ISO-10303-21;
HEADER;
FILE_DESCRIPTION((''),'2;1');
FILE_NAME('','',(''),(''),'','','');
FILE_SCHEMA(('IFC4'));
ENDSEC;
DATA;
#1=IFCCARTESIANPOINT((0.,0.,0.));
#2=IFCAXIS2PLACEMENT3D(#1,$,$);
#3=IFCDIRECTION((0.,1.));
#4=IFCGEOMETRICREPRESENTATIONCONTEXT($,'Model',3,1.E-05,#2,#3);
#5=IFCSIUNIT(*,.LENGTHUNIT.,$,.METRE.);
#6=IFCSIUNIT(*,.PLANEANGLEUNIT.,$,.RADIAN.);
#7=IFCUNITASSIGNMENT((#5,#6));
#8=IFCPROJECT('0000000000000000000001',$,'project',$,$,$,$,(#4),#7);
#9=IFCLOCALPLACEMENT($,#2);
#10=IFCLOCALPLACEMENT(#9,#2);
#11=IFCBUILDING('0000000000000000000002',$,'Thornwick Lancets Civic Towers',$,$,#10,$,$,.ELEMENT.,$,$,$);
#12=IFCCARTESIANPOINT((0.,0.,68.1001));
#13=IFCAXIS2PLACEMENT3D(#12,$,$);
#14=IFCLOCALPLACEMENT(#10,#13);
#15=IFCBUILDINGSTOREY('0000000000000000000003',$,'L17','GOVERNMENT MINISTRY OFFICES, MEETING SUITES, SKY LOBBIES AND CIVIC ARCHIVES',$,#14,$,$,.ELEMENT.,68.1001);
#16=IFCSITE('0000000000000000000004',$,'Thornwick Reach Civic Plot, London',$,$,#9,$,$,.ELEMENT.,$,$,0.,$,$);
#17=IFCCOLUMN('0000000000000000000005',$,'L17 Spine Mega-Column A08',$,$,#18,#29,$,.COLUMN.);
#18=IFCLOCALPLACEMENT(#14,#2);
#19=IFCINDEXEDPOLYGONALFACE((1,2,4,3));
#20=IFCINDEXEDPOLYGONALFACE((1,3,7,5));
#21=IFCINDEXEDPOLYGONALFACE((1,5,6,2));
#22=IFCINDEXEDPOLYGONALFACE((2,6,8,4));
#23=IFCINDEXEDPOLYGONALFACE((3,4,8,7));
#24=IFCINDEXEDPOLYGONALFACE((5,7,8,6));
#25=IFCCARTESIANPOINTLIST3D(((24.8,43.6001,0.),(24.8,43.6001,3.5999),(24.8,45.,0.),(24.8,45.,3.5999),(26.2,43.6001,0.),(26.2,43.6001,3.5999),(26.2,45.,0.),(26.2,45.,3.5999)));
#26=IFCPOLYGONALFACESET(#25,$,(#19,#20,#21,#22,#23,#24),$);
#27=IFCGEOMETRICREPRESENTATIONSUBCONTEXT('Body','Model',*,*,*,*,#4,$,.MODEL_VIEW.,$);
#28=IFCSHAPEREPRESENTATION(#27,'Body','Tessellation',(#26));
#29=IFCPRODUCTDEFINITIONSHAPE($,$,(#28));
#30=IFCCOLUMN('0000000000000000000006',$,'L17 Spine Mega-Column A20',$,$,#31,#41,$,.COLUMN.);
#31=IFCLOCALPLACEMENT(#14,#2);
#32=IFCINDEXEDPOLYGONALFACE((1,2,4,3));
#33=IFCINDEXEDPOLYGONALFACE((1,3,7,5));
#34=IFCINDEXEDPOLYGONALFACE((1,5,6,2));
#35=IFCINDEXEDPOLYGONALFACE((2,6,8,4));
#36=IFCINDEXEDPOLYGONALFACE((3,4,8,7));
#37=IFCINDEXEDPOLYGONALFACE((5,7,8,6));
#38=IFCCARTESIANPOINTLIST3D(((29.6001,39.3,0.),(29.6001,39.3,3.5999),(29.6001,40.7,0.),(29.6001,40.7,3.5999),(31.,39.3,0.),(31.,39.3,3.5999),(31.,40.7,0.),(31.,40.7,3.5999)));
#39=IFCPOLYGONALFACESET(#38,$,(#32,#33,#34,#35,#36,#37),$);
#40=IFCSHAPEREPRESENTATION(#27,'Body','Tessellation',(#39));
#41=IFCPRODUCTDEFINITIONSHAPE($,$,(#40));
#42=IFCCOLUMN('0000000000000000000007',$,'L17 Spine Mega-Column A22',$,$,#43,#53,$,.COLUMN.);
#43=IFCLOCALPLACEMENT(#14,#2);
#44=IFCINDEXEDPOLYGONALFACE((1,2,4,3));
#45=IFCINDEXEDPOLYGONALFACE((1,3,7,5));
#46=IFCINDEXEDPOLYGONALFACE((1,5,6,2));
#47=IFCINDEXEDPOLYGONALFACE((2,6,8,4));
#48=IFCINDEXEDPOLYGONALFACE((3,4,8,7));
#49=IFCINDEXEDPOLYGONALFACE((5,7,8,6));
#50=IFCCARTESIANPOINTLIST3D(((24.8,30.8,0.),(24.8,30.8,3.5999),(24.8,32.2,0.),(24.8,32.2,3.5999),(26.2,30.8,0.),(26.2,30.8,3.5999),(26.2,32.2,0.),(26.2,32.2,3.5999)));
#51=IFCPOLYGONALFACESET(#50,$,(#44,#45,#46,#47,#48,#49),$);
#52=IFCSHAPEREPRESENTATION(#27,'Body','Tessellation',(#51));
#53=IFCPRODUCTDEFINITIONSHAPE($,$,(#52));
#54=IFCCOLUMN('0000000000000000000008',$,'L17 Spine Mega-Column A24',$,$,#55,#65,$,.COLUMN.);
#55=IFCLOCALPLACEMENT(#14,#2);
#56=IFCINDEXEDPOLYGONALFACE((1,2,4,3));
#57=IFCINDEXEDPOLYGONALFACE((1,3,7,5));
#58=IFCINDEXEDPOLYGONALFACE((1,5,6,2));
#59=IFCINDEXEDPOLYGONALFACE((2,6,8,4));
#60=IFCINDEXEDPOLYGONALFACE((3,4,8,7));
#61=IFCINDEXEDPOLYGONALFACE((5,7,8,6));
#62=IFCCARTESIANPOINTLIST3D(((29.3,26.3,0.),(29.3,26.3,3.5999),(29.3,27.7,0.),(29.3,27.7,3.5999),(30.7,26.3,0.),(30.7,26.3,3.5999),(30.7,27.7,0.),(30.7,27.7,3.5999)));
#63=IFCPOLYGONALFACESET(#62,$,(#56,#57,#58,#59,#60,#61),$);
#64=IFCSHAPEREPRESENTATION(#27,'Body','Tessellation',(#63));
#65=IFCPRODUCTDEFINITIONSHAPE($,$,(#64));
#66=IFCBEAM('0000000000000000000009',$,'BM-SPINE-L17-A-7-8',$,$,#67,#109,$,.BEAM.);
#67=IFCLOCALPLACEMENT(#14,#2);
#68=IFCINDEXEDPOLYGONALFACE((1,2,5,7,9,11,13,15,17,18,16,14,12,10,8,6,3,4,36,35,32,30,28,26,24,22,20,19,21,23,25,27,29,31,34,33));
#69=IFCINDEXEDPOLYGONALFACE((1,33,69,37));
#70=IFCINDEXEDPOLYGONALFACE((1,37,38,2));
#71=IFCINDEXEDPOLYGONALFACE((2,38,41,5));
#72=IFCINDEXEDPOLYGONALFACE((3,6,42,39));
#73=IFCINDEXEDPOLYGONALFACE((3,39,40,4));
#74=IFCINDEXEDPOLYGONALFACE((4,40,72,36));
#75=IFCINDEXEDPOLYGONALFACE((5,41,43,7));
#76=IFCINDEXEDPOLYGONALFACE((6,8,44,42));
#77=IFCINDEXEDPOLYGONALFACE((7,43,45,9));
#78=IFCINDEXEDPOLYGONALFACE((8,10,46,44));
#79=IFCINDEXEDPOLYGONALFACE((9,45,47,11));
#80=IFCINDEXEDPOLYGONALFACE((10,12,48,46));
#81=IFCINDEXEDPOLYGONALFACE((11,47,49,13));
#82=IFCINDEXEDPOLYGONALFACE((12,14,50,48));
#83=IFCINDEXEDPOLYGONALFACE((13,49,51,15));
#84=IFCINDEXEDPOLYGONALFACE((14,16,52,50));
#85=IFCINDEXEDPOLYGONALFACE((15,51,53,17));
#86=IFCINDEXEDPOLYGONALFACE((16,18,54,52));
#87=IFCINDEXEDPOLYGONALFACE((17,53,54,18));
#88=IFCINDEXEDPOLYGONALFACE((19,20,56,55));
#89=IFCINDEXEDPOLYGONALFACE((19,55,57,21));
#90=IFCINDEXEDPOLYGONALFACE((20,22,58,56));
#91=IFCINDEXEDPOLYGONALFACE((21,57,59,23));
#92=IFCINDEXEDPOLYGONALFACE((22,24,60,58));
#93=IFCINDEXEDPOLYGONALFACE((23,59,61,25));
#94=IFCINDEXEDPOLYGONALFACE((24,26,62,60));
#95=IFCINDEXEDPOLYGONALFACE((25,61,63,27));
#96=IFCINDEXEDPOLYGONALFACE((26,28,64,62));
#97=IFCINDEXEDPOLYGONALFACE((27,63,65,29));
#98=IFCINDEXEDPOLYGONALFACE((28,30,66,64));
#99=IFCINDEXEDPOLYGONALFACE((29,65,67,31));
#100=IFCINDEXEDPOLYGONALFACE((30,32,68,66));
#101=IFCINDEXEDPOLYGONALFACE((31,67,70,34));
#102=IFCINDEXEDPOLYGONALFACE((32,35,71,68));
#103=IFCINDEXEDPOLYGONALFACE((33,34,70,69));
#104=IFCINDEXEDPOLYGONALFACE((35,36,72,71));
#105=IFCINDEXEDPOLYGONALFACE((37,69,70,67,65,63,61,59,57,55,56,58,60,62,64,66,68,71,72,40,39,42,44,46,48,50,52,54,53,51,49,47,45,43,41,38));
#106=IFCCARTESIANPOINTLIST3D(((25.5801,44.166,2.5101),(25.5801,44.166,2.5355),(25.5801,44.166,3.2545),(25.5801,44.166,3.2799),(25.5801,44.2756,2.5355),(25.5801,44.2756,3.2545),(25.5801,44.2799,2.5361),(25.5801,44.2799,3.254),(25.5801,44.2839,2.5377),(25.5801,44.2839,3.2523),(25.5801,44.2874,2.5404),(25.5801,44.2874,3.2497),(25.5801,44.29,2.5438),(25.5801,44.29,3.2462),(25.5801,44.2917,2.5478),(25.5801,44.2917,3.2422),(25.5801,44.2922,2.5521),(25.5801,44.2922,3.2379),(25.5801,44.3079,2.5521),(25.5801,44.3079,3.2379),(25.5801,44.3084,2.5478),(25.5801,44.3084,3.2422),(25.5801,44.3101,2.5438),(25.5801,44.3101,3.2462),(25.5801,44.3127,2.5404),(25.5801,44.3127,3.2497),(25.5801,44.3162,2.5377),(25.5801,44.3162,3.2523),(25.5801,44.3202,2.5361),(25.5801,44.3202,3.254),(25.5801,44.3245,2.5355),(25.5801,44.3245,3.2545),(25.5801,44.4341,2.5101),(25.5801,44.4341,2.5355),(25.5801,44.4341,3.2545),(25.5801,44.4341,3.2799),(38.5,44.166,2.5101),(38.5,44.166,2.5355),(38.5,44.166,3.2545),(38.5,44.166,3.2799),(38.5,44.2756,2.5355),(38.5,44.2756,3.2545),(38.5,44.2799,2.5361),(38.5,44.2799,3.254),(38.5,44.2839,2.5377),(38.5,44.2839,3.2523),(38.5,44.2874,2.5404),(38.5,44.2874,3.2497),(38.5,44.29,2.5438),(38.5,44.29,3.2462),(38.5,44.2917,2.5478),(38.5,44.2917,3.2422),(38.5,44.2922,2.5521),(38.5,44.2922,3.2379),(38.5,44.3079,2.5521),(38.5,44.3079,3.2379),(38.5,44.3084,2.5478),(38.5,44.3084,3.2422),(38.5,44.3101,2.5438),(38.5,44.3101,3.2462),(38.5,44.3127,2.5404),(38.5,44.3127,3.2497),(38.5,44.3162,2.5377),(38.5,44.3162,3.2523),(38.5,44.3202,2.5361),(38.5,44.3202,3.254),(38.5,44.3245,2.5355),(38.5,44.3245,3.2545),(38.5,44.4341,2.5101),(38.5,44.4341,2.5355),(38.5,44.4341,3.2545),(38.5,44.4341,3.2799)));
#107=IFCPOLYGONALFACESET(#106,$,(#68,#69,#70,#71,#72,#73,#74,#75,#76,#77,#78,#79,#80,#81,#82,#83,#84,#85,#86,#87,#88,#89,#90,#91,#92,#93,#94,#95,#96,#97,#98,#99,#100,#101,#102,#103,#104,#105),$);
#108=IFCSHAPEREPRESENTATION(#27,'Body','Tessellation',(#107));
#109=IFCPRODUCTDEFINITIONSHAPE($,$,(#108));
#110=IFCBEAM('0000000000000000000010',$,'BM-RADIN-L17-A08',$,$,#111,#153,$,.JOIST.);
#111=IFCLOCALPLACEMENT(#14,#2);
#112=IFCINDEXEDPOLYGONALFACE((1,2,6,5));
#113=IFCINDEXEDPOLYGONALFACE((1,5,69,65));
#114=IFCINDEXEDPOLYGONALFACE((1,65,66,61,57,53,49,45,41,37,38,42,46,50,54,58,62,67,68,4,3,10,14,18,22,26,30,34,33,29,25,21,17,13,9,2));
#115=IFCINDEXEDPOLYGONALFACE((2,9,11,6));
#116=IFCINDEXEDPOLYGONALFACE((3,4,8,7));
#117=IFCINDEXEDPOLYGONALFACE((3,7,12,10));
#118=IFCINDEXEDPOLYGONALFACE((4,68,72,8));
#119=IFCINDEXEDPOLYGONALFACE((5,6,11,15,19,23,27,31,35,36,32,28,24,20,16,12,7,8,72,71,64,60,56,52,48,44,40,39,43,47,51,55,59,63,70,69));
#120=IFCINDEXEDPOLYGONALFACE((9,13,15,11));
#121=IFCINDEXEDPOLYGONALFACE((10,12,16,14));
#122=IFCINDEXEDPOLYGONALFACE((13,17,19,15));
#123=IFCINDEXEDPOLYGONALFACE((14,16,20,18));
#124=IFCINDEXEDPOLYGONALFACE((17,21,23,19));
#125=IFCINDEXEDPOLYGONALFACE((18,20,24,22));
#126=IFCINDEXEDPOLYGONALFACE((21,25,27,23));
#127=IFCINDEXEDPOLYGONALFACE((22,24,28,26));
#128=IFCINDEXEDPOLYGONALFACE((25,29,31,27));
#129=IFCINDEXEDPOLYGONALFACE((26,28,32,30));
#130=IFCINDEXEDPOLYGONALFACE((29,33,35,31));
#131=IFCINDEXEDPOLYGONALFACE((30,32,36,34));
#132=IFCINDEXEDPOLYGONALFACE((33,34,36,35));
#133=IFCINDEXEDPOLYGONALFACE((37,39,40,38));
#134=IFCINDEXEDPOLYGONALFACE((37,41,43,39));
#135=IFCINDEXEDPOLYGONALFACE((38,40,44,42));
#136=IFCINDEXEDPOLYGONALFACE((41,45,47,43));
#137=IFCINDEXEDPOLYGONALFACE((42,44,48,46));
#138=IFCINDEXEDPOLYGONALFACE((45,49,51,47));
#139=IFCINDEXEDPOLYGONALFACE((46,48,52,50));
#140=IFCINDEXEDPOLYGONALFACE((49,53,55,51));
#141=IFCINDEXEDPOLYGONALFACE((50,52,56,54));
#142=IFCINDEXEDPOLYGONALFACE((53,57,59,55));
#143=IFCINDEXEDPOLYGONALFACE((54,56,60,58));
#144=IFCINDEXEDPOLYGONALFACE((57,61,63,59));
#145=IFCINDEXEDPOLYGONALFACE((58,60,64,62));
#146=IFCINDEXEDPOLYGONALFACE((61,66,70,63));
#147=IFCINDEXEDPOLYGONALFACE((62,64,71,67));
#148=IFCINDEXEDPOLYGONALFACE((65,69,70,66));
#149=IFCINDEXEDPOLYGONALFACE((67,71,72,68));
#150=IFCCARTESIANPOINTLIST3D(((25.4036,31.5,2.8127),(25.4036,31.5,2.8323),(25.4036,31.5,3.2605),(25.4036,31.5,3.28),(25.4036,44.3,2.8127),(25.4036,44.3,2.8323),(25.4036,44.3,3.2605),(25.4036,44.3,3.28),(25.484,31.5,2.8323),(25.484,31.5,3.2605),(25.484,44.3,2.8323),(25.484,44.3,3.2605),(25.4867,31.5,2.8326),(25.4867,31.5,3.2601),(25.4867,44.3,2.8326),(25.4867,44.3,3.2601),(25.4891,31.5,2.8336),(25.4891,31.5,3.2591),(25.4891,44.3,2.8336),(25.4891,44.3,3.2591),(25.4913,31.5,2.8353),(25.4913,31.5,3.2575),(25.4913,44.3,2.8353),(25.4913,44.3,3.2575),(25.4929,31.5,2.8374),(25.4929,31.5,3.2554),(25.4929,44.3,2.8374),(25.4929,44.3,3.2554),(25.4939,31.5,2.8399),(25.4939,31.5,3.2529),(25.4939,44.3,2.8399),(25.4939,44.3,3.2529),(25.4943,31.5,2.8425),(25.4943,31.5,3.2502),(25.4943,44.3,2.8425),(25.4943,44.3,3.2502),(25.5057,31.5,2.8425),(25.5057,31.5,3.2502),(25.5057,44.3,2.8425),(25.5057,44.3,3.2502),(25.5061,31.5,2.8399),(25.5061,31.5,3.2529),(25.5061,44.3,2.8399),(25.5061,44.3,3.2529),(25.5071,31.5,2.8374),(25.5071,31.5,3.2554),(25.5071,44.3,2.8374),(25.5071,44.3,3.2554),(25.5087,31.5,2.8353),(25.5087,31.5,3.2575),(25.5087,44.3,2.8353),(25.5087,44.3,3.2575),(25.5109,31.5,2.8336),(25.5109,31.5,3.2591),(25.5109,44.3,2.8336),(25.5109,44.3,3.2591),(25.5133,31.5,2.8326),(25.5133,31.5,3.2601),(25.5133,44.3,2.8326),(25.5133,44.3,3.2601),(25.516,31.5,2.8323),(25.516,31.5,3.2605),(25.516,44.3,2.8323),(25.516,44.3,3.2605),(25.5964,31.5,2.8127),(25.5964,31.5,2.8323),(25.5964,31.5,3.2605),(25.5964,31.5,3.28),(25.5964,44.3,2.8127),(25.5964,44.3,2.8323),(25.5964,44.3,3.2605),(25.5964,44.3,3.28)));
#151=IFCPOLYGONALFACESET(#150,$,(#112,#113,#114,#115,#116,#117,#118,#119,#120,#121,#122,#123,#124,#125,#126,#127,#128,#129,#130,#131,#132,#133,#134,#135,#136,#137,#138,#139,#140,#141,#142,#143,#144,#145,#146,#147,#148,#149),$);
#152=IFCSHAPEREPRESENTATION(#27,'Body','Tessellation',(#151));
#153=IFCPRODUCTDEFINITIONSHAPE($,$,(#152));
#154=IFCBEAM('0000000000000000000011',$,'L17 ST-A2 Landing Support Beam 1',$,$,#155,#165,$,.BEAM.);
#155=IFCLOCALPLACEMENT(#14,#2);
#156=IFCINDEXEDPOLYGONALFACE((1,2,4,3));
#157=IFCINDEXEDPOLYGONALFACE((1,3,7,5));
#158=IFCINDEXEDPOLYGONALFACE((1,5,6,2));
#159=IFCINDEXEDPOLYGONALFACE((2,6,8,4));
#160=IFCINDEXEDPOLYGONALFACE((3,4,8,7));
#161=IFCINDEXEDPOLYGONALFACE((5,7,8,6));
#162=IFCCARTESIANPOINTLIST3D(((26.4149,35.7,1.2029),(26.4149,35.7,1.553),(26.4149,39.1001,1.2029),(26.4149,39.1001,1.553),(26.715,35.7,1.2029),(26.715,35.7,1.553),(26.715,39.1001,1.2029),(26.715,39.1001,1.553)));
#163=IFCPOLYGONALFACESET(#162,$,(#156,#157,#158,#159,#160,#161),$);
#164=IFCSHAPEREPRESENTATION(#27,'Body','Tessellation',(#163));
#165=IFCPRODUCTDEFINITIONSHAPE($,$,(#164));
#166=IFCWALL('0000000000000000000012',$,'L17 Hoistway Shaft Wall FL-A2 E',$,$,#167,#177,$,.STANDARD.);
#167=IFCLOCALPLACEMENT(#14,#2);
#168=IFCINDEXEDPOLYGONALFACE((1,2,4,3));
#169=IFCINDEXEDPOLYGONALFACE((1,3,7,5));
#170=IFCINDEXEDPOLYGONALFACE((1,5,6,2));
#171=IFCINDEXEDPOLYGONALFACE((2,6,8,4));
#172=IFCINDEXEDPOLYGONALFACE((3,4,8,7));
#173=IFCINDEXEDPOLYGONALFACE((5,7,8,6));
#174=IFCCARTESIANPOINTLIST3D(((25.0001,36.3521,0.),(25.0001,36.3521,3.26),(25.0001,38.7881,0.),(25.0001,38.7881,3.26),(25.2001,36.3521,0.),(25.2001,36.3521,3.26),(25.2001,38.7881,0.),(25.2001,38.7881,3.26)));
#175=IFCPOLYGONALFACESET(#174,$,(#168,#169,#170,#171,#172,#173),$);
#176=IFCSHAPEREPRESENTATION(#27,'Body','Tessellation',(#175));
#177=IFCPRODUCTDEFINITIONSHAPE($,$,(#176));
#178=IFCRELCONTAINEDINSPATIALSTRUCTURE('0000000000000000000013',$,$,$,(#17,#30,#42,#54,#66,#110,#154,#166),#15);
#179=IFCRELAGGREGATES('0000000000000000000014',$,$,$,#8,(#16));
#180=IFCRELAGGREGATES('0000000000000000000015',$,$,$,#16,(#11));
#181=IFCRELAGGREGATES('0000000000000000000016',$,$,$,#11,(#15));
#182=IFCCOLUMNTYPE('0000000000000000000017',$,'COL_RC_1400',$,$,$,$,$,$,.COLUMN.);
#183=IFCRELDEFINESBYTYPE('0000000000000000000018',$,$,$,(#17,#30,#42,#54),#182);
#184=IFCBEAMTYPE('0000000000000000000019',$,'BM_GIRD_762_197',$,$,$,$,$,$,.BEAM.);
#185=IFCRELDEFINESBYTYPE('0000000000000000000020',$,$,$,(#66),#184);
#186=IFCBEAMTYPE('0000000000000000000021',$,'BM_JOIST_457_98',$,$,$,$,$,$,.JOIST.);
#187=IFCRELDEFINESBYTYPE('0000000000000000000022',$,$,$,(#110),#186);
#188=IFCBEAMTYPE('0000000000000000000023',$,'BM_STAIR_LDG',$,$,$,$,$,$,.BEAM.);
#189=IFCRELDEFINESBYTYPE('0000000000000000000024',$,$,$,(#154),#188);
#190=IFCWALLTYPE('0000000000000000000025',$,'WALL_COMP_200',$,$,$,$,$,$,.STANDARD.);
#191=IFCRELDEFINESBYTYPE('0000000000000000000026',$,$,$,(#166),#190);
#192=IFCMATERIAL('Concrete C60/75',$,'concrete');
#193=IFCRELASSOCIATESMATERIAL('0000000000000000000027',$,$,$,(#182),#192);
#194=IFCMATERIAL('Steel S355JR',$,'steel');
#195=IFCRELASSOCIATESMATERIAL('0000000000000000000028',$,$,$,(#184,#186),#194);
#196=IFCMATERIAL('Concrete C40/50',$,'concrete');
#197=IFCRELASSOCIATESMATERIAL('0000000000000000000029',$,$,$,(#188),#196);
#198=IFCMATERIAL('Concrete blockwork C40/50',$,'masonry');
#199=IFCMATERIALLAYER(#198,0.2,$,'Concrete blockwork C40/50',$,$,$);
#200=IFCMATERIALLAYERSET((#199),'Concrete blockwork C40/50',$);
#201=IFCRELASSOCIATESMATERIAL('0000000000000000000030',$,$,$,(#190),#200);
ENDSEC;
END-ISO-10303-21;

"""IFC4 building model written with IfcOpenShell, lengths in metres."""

from ifc_helpers import new_model, si_unit, direction, frame, frame_2d, origin, origin_2d, place, context, subcontext, project, spatial, rectangle, i_section, extrude, material, layer, layer_set, material_profile, profile_set, type_object, element, save


model = new_model("IFC4")

# Units and contexts
model_context = context("Model", 3, precision=1e-05, world=origin(), true_north=direction((0.0, 1.0)))
body_context = subcontext(model_context, "Body", "Model", "MODEL_VIEW")
ifc_project = project(units=[si_unit("LENGTHUNIT", "METRE"), si_unit("PLANEANGLEUNIT", "RADIAN")], contexts=[model_context])

# Site, building, storey
site_placement = place(None, origin())
site = spatial("IfcSite", under=ifc_project, at=site_placement, Name="Thornwick Reach Civic Plot, London", CompositionType="ELEMENT", RefElevation=0.0)
building_placement = place(site_placement, origin())
building = spatial("IfcBuilding", under=site, at=building_placement, Name="Thornwick Lancets Civic Towers", CompositionType="ELEMENT")
storey_placement = place(building_placement, frame((0.0, 0.0, 68.1001)))
storey = spatial("IfcBuildingStorey", under=building, at=storey_placement, Name="L17", Description="GOVERNMENT MINISTRY OFFICES, MEETING SUITES, SKY LOBBIES AND CIVIC ARCHIVES", CompositionType="ELEMENT", Elevation=68.1001)

# Columns
ifc_material_1 = material(Name="Concrete C60/75", Category="concrete")
ifc_material_profile_1 = material_profile(ifc_material_1, rectangle(XDim=1.3999, YDim=1.3999, at=origin_2d()), Name="RC 1400x1400")
ifc_profile_set_1 = profile_set([ifc_material_profile_1], Name="Concrete C60/75")
column_type = type_object("IfcColumnType", Name="COL_RC_1400", PredefinedType="COLUMN", material=ifc_profile_set_1)
for number, where, z_axis, x_axis, name in (
    (1, (25.5, 44.3, 0.0), (0.0, 0.0, 1.0), (1.0, 0.0, 0.0), "L17 Spine Mega-Column A08"),
    (2, (30.3, 40.0, 0.0), (0.0, 0.0, 1.0), (1.0, 0.0, 0.0), "L17 Spine Mega-Column A20"),
    (3, (25.5, 31.5, 0.0), (0.0, 0.0, 1.0), (1.0, 0.0, 0.0), "L17 Spine Mega-Column A22"),
    (4, (30.0, 27.0, 0.0), (0.0, 0.0, 1.0), (1.0, 0.0, 0.0), "L17 Spine Mega-Column A24"),
):
    element("IfcColumn", number, at=place(storey_placement, frame(where, z_axis=z_axis, x_axis=x_axis)), inside=storey, type_object=column_type, Name=name, PredefinedType="COLUMN", context=body_context, shape_type="SweptSolid", body=[
        extrude(rectangle(XDim=1.3999, YDim=1.3999, at=origin_2d()), origin(), (0.0, 0.0, 1.0), 3.5999),
    ])

# Beams
ifc_material_2 = material(Name="Steel S355JR", Category="steel")
ifc_material_profile_2 = material_profile(ifc_material_2, i_section(OverallWidth=0.2681, OverallDepth=0.7698, WebThickness=0.0156, FlangeThickness=0.0254, FilletRadius=0.0166, at=origin_2d()), Name="UKB 762x267x197")
ifc_profile_set_2 = profile_set([ifc_material_profile_2], Name="Steel S355JR")
beam_type_1 = type_object("IfcBeamType", Name="BM_GIRD_762_197", PredefinedType="BEAM", material=ifc_profile_set_2)
beam_1_placement = place(storey_placement, frame((25.5801, 44.3, 2.895), z_axis=(1.0, 0.0, 0.0), x_axis=(0.0, 1.0, 0.0)))
element("IfcBeam", 5, at=beam_1_placement, inside=storey, type_object=beam_type_1, Name="BM-SPINE-L17-A-7-8", PredefinedType="BEAM", context=body_context, shape_type="SweptSolid", body=[
    extrude(i_section(OverallWidth=0.2681, OverallDepth=0.7698, WebThickness=0.0156, FlangeThickness=0.0254, FilletRadius=0.0166, at=origin_2d()), origin(), (0.0, 0.0, 1.0), 12.9199),
])
ifc_material_profile_3 = material_profile(ifc_material_2, i_section(OverallWidth=0.1929, OverallDepth=0.4673, WebThickness=0.0115, FlangeThickness=0.0195, FilletRadius=0.0103, at=origin_2d()), Name="UKB 457x191x98")
ifc_profile_set_3 = profile_set([ifc_material_profile_3], Name="Steel S355JR")
beam_type_2 = type_object("IfcBeamType", Name="BM_JOIST_457_98", PredefinedType="JOIST", material=ifc_profile_set_3)
beam_2_placement = place(storey_placement, frame((25.5, 31.5, 3.0464), z_axis=(0.0, 1.0, 0.0), x_axis=(-1.0, 0.0, 0.0)))
element("IfcBeam", 6, at=beam_2_placement, inside=storey, type_object=beam_type_2, Name="BM-RADIN-L17-A08", PredefinedType="JOIST", context=body_context, shape_type="SweptSolid", body=[
    extrude(i_section(OverallWidth=0.1929, OverallDepth=0.4673, WebThickness=0.0115, FlangeThickness=0.0195, FilletRadius=0.0103, at=origin_2d()), origin(), (0.0, 0.0, 1.0), 12.8),
])
ifc_material_3 = material(Name="Concrete C40/50", Category="concrete")
ifc_material_profile_4 = material_profile(ifc_material_3, rectangle(XDim=0.3, YDim=0.3501, at=origin_2d()), Name="RC 300x350")
ifc_profile_set_4 = profile_set([ifc_material_profile_4], Name="Concrete C40/50")
beam_type_3 = type_object("IfcBeamType", Name="BM_STAIR_LDG", PredefinedType="BEAM", material=ifc_profile_set_4)
beam_3_placement = place(storey_placement, frame((26.5649, 39.1001, 1.3779), z_axis=(0.0, -1.0, 0.0), x_axis=(1.0, 0.0, 0.0)))
element("IfcBeam", 7, at=beam_3_placement, inside=storey, type_object=beam_type_3, Name="L17 ST-A2 Landing Support Beam 1", PredefinedType="BEAM", context=body_context, shape_type="SweptSolid", body=[
    extrude(rectangle(XDim=0.3, YDim=0.3501, at=origin_2d()), origin(), (0.0, 0.0, 1.0), 3.4001),
])

# Wall
ifc_material_4 = material(Name="Concrete blockwork C40/50", Category="masonry")
ifc_layer_1 = layer(ifc_material_4, 0.2, Name="Concrete blockwork C40/50")
ifc_layer_set_1 = layer_set([ifc_layer_1], Name="Concrete blockwork C40/50")
wall_type_1 = type_object("IfcWallType", Name="WALL_COMP_200", PredefinedType="STANDARD", material=ifc_layer_set_1)
wall_1_placement = place(storey_placement, frame((25.1001, 36.3521, 0.0), z_axis=(0.0, 0.0, 1.0), x_axis=(0.0, 1.0, 0.0)))
element("IfcWall", 8, at=wall_1_placement, inside=storey, type_object=wall_type_1, Name="L17 Hoistway Shaft Wall FL-A2 E", PredefinedType="STANDARD", context=body_context, shape_type="SweptSolid", body=[
    extrude(rectangle(XDim=2.436, YDim=0.2, at=frame_2d((1.218, 0.0))), origin(), (0.0, 0.0, 1.0), 3.26),
])

save(model, "model.ifc")
